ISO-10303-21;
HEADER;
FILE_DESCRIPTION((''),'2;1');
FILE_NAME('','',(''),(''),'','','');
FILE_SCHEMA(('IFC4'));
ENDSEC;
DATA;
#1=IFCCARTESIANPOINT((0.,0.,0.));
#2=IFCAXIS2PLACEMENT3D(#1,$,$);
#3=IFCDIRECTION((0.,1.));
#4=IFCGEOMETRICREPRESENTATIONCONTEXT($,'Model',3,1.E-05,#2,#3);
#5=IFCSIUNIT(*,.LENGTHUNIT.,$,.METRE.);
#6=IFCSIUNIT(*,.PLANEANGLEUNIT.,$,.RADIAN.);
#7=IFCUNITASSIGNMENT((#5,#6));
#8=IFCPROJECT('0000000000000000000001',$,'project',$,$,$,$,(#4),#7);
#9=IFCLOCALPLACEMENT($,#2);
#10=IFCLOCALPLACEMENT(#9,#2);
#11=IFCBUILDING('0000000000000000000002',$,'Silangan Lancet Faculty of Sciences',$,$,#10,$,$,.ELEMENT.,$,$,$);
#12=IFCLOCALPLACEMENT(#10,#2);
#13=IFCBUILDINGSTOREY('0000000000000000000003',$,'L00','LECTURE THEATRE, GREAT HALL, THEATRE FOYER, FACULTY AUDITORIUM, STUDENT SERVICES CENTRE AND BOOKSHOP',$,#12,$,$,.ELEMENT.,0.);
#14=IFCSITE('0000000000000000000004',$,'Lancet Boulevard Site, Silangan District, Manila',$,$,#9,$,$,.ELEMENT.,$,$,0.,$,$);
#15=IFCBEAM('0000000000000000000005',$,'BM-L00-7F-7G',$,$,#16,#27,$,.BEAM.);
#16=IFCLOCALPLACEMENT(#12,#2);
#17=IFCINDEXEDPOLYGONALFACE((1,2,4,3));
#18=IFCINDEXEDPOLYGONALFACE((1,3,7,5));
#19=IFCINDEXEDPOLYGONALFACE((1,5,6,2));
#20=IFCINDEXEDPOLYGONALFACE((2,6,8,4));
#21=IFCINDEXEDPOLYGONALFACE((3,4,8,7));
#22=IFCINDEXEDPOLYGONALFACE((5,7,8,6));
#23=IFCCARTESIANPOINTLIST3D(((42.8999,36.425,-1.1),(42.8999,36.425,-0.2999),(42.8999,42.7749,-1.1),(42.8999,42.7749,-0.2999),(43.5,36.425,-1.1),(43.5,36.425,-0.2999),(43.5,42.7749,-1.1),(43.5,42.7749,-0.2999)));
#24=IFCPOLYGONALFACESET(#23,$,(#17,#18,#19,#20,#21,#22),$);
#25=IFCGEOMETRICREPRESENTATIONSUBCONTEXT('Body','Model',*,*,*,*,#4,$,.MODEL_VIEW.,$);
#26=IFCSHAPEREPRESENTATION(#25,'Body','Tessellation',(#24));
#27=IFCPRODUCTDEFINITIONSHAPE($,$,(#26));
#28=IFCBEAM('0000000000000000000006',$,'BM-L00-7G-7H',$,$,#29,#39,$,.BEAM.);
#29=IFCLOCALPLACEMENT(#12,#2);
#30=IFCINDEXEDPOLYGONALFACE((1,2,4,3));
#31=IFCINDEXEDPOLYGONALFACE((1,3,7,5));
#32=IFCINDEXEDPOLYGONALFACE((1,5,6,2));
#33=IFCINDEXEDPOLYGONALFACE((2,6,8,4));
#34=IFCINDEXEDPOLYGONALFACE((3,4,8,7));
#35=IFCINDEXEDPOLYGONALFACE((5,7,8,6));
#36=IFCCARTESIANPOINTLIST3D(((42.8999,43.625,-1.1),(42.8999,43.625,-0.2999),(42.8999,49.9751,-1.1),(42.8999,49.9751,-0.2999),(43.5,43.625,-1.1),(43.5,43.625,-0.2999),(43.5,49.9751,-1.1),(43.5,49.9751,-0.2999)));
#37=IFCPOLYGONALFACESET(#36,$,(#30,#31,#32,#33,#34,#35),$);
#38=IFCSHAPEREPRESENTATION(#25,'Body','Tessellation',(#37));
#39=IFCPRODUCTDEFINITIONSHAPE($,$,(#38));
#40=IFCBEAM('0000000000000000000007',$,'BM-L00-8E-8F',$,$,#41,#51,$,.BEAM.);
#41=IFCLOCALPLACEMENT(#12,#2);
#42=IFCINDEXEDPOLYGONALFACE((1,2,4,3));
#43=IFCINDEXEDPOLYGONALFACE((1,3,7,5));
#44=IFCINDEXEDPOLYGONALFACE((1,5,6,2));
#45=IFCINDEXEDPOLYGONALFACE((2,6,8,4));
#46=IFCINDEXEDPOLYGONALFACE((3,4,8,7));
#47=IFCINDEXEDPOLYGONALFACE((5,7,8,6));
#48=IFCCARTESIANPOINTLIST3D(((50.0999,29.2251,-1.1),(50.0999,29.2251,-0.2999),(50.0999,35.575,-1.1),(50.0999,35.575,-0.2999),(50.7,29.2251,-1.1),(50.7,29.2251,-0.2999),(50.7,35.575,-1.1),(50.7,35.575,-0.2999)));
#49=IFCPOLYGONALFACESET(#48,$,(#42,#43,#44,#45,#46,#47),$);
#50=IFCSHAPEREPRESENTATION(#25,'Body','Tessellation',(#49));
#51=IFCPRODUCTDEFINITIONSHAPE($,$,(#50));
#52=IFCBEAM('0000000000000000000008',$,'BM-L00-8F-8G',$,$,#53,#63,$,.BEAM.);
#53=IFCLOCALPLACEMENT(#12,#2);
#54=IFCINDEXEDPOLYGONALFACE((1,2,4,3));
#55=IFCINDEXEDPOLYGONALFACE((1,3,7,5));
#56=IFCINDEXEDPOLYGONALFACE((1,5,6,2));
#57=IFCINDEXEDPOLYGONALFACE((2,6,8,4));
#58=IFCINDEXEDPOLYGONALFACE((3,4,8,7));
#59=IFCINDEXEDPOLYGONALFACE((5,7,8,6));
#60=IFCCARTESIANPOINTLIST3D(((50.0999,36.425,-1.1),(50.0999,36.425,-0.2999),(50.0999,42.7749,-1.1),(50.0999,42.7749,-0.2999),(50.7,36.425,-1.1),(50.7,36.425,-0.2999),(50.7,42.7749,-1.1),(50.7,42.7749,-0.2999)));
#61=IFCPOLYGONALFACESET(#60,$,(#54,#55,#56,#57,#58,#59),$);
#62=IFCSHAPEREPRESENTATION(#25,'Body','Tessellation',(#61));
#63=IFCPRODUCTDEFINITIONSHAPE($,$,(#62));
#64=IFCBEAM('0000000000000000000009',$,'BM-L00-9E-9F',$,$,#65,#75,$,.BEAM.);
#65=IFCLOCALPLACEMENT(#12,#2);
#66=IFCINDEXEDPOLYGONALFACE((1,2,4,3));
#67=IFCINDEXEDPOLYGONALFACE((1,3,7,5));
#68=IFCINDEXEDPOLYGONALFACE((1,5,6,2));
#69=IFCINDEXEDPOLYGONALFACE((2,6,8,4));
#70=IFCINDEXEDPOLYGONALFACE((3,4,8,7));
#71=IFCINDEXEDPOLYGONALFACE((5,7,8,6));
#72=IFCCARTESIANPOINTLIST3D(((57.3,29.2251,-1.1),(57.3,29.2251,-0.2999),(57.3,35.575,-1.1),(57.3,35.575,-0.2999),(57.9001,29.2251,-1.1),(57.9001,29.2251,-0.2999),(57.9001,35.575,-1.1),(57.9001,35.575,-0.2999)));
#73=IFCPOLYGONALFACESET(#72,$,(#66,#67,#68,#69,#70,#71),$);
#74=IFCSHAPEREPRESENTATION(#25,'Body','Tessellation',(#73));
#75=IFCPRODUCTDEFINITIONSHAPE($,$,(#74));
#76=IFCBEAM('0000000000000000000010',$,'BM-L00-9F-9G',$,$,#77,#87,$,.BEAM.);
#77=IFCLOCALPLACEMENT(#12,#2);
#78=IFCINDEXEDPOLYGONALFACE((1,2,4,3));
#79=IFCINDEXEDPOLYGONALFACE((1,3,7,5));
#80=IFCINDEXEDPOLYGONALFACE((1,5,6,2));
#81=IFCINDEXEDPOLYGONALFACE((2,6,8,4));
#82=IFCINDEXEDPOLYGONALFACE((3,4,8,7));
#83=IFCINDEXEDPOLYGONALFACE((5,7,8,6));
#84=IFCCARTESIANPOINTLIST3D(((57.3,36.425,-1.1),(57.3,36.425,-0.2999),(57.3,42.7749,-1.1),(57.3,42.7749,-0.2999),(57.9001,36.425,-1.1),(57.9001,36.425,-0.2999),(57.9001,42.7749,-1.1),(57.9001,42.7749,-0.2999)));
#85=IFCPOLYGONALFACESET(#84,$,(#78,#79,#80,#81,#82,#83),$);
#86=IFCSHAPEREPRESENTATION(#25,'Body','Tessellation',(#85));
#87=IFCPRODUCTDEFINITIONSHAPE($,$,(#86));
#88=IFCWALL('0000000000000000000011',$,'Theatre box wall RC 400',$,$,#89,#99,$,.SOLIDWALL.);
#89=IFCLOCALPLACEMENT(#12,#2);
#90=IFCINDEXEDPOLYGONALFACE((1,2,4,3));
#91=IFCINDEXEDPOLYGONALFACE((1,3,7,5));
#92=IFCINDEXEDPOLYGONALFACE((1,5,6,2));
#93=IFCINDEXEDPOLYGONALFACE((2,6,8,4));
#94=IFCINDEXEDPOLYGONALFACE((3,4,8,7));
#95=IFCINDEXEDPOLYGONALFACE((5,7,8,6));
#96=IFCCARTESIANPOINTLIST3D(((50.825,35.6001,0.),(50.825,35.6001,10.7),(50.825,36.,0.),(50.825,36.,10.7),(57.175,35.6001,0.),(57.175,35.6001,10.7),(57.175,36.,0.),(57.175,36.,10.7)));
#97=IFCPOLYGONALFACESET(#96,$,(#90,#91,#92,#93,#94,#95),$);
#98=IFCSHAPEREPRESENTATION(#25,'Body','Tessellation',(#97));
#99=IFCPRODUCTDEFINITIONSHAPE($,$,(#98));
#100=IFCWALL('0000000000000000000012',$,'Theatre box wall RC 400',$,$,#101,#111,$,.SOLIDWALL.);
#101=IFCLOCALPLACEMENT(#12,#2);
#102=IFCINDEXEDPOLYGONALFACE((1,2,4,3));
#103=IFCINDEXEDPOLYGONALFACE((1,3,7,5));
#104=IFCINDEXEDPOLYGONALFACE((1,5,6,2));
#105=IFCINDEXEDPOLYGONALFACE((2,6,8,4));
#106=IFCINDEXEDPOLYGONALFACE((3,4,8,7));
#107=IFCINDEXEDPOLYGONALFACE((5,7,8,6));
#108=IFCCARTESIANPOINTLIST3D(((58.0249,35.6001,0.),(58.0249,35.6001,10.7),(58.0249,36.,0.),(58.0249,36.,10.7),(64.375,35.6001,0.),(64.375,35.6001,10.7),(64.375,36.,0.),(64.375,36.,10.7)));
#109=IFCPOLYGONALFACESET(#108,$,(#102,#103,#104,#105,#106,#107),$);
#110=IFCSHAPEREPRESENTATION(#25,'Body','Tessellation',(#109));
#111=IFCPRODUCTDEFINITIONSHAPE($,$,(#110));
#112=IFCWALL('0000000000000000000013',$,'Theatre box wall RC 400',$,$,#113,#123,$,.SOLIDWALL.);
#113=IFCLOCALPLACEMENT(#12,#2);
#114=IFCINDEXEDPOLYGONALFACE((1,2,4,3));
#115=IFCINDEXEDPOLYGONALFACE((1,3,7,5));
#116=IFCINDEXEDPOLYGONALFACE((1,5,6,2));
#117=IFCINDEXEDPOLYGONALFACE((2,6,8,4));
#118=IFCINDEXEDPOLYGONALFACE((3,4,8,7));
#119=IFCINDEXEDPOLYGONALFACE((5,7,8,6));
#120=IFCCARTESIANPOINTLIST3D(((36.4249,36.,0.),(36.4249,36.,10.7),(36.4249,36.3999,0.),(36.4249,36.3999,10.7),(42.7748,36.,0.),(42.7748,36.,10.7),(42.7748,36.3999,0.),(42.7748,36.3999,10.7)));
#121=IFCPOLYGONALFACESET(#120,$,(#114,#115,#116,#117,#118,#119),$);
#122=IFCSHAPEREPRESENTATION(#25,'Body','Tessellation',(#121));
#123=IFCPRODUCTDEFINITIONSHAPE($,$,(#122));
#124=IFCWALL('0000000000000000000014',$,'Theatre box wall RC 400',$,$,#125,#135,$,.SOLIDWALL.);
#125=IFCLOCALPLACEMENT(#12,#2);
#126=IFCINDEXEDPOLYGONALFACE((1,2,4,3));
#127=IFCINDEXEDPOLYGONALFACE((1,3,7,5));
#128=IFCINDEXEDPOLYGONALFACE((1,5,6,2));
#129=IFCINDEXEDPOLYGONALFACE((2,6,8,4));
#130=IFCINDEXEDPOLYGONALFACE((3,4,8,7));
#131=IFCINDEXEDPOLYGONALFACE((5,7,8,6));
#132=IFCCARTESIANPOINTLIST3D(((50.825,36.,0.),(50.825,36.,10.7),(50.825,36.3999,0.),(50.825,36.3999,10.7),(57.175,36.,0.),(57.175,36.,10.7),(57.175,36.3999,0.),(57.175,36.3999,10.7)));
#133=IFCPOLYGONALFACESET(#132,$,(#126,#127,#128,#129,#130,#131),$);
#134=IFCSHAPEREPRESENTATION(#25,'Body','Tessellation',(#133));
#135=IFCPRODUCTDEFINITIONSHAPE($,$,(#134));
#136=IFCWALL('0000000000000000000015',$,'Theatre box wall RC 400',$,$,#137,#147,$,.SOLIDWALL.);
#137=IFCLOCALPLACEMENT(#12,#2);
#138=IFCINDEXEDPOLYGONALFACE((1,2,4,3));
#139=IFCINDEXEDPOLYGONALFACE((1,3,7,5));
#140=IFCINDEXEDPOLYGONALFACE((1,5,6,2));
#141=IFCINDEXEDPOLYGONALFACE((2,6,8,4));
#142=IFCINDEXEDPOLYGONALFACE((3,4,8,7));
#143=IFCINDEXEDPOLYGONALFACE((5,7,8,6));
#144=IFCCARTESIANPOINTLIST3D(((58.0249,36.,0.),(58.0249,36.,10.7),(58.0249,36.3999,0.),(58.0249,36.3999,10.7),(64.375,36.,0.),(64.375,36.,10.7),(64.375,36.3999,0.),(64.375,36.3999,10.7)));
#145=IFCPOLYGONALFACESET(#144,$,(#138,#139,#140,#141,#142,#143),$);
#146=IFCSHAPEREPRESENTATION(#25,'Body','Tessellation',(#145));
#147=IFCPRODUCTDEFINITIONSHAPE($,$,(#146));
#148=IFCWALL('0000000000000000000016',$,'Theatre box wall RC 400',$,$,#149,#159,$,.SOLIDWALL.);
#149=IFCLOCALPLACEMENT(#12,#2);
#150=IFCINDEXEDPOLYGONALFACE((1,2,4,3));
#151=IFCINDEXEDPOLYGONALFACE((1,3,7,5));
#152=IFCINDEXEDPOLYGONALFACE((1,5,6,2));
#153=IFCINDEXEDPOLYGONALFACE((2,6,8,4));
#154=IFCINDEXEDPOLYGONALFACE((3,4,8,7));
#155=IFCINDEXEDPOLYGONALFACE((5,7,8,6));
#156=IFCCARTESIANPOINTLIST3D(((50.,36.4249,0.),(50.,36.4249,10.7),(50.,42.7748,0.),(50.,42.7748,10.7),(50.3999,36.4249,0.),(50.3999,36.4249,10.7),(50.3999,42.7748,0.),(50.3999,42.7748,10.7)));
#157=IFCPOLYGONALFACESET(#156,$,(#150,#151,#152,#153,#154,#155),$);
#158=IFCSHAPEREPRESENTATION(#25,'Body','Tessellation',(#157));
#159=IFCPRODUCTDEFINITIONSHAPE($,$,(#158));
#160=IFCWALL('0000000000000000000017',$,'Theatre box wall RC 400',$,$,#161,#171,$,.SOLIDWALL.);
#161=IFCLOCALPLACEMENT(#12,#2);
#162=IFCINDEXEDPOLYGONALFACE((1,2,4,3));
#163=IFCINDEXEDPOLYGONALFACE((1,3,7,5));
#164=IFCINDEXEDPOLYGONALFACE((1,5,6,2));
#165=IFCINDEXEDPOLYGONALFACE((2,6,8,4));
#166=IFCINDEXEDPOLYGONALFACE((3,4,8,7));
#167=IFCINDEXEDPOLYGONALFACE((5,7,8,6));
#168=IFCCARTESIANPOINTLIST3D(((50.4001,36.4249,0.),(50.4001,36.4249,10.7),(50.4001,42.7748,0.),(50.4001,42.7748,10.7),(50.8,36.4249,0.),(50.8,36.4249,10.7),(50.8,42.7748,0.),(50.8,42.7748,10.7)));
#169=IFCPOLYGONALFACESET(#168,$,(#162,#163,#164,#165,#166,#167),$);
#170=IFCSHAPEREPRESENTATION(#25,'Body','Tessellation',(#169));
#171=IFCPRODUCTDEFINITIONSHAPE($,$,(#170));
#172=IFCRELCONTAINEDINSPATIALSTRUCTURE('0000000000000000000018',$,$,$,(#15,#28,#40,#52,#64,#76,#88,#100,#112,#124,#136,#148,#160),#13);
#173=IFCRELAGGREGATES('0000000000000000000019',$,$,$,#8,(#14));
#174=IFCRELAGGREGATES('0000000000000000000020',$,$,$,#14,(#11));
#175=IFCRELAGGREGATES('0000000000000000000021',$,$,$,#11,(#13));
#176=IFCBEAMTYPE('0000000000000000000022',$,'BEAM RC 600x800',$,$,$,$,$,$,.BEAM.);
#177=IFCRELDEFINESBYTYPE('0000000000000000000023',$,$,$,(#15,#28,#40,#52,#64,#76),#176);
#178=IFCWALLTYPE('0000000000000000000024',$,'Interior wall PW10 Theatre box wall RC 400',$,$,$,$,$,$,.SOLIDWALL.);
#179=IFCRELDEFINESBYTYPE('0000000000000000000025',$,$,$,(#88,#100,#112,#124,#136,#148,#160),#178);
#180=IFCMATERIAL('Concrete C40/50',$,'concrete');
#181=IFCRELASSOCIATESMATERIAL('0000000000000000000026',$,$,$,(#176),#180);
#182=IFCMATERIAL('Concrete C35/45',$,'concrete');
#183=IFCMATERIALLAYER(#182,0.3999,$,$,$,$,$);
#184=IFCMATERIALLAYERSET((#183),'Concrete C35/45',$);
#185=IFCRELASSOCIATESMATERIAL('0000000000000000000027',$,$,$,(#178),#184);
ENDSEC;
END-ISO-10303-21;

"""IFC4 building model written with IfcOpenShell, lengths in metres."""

from ifc_helpers import new_model, si_unit, direction, frame, frame_2d, origin, origin_2d, place, context, subcontext, project, spatial, rectangle, extrude, material, layer, layer_set, material_profile, profile_set, type_object, element, save


model = new_model("IFC4")

# Units and contexts
model_context = context("Model", 3, precision=1e-05, world=origin(), true_north=direction((0.0, 1.0)))
body_context = subcontext(model_context, "Body", "Model", "MODEL_VIEW")
ifc_project = project(units=[si_unit("LENGTHUNIT", "METRE"), si_unit("PLANEANGLEUNIT", "RADIAN")], contexts=[model_context])

# Site, building, storey
site_placement = place(None, origin())
site = spatial("IfcSite", under=ifc_project, at=site_placement, Name="Lancet Boulevard Site, Silangan District, Manila", CompositionType="ELEMENT", RefElevation=0.0)
building_placement = place(site_placement, origin())
building = spatial("IfcBuilding", under=site, at=building_placement, Name="Silangan Lancet Faculty of Sciences", CompositionType="ELEMENT")
storey_placement = place(building_placement, origin())
storey = spatial("IfcBuildingStorey", under=building, at=storey_placement, Name="L00", Description="LECTURE THEATRE, GREAT HALL, THEATRE FOYER, FACULTY AUDITORIUM, STUDENT SERVICES CENTRE AND BOOKSHOP", CompositionType="ELEMENT", Elevation=0.0)

# Beams
ifc_material_1 = material(Name="Concrete C40/50", Category="concrete")
ifc_material_profile_1 = material_profile(ifc_material_1, rectangle(XDim=0.6001, YDim=0.8, at=origin_2d()), Name="RC 600x800")
ifc_profile_set_1 = profile_set([ifc_material_profile_1], Name="Concrete C40/50")
beam_type = type_object("IfcBeamType", Name="BEAM RC 600x800", PredefinedType="BEAM", material=ifc_profile_set_1)
for number, where, z_axis, x_axis, name in (
    (1, (43.2, 36.425, -0.7), (0.0, 1.0, 0.0), (-1.0, 0.0, 0.0), "BM-L00-7F-7G"),
):
    element("IfcBeam", number, at=place(storey_placement, frame(where, z_axis=z_axis, x_axis=x_axis)), inside=storey, type_object=beam_type, Name=name, PredefinedType="BEAM", context=body_context, shape_type="SweptSolid", body=[
        extrude(rectangle(XDim=0.6001, YDim=0.8, at=origin_2d()), origin(), (0.0, 0.0, 1.0), 6.3499),
    ])
beam_1_placement = place(storey_placement, frame((43.2, 43.625, -0.7), z_axis=(0.0, 1.0, 0.0), x_axis=(-1.0, 0.0, 0.0)))
element("IfcBeam", 2, at=beam_1_placement, inside=storey, type_object=beam_type, Name="BM-L00-7G-7H", PredefinedType="BEAM", context=body_context, shape_type="SweptSolid", body=[
    extrude(rectangle(XDim=0.6001, YDim=0.8, at=origin_2d()), origin(), (0.0, 0.0, 1.0), 6.3501),
])
for number, where, z_axis, x_axis, name in (
    (3, (50.3999, 29.2251, -0.7), (0.0, 1.0, 0.0), (-1.0, 0.0, 0.0), "BM-L00-8E-8F"),
    (4, (50.3999, 36.425, -0.7), (0.0, 1.0, 0.0), (-1.0, 0.0, 0.0), "BM-L00-8F-8G"),
    (5, (57.6001, 29.2251, -0.7), (0.0, 1.0, 0.0), (-1.0, 0.0, 0.0), "BM-L00-9E-9F"),
    (6, (57.6001, 36.425, -0.7), (0.0, 1.0, 0.0), (-1.0, 0.0, 0.0), "BM-L00-9F-9G"),
):
    element("IfcBeam", number, at=place(storey_placement, frame(where, z_axis=z_axis, x_axis=x_axis)), inside=storey, type_object=beam_type, Name=name, PredefinedType="BEAM", context=body_context, shape_type="SweptSolid", body=[
        extrude(rectangle(XDim=0.6001, YDim=0.8, at=origin_2d()), origin(), (0.0, 0.0, 1.0), 6.3499),
    ])

# Walls
ifc_material_2 = material(Name="Concrete C35/45", Category="concrete")
ifc_layer = layer(ifc_material_2, 0.3999)
ifc_layer_set = layer_set([ifc_layer], Name="Concrete C35/45")
wall_type = type_object("IfcWallType", Name="Interior wall PW10 Theatre box wall RC 400", PredefinedType="SOLIDWALL", material=ifc_layer_set)
for number, where, z_axis, x_axis, name in (
    (7, (50.825, 35.8, 0.0), (0.0, 0.0, 1.0), (1.0, 0.0, 0.0), "Theatre box wall RC 400"),
    (8, (58.0249, 35.8, 0.0), (0.0, 0.0, 1.0), (1.0, 0.0, 0.0), "Theatre box wall RC 400"),
):
    element("IfcWall", number, at=place(storey_placement, frame(where, z_axis=z_axis, x_axis=x_axis)), inside=storey, type_object=wall_type, Name=name, PredefinedType="SOLIDWALL", context=body_context, shape_type="SweptSolid", body=[
        extrude(rectangle(XDim=6.3501, YDim=0.3999, at=frame_2d((3.175, 0.0))), origin(), (0.0, 0.0, 1.0), 10.7),
    ])
wall_1_placement = place(storey_placement, frame((36.425, 36.2, 0.0), z_axis=(0.0, 0.0, 1.0), x_axis=(1.0, 0.0, 0.0)))
element("IfcWall", 9, at=wall_1_placement, inside=storey, type_object=wall_type, Name="Theatre box wall RC 400", PredefinedType="SOLIDWALL", context=body_context, shape_type="SweptSolid", body=[
    extrude(rectangle(XDim=6.3499, YDim=0.3999, at=frame_2d((3.1748, 0.0))), origin(), (0.0, 0.0, 1.0), 10.7),
])

# Walls
for number, where, z_axis, x_axis, name in (
    (10, (50.825, 36.2, 0.0), (0.0, 0.0, 1.0), (1.0, 0.0, 0.0), "Theatre box wall RC 400"),
    (11, (58.0249, 36.2, 0.0), (0.0, 0.0, 1.0), (1.0, 0.0, 0.0), "Theatre box wall RC 400"),
):
    element("IfcWall", number, at=place(storey_placement, frame(where, z_axis=z_axis, x_axis=x_axis)), inside=storey, type_object=wall_type, Name=name, PredefinedType="SOLIDWALL", context=body_context, shape_type="SweptSolid", body=[
        extrude(rectangle(XDim=6.3501, YDim=0.3999, at=frame_2d((3.175, 0.0))), origin(), (0.0, 0.0, 1.0), 10.7),
    ])
wall_2_placement = place(storey_placement, frame((50.2, 36.425, 0.0), z_axis=(0.0, 0.0, 1.0), x_axis=(0.0, 1.0, 0.0)))
element("IfcWall", 12, at=wall_2_placement, inside=storey, type_object=wall_type, Name="Theatre box wall RC 400", PredefinedType="SOLIDWALL", context=body_context, shape_type="SweptSolid", body=[
    extrude(rectangle(XDim=6.3499, YDim=0.3999, at=frame_2d((3.1748, 0.0))), origin(), (0.0, 0.0, 1.0), 10.7),
])

# Wall
wall_3_placement = place(storey_placement, frame((50.6001, 36.425, 0.0), z_axis=(0.0, 0.0, 1.0), x_axis=(0.0, 1.0, 0.0)))
element("IfcWall", 13, at=wall_3_placement, inside=storey, type_object=wall_type, Name="Theatre box wall RC 400", PredefinedType="SOLIDWALL", context=body_context, shape_type="SweptSolid", body=[
    extrude(rectangle(XDim=6.3499, YDim=0.3999, at=frame_2d((3.1748, 0.0))), origin(), (0.0, 0.0, 1.0), 10.7),
])

save(model, "model.ifc")
